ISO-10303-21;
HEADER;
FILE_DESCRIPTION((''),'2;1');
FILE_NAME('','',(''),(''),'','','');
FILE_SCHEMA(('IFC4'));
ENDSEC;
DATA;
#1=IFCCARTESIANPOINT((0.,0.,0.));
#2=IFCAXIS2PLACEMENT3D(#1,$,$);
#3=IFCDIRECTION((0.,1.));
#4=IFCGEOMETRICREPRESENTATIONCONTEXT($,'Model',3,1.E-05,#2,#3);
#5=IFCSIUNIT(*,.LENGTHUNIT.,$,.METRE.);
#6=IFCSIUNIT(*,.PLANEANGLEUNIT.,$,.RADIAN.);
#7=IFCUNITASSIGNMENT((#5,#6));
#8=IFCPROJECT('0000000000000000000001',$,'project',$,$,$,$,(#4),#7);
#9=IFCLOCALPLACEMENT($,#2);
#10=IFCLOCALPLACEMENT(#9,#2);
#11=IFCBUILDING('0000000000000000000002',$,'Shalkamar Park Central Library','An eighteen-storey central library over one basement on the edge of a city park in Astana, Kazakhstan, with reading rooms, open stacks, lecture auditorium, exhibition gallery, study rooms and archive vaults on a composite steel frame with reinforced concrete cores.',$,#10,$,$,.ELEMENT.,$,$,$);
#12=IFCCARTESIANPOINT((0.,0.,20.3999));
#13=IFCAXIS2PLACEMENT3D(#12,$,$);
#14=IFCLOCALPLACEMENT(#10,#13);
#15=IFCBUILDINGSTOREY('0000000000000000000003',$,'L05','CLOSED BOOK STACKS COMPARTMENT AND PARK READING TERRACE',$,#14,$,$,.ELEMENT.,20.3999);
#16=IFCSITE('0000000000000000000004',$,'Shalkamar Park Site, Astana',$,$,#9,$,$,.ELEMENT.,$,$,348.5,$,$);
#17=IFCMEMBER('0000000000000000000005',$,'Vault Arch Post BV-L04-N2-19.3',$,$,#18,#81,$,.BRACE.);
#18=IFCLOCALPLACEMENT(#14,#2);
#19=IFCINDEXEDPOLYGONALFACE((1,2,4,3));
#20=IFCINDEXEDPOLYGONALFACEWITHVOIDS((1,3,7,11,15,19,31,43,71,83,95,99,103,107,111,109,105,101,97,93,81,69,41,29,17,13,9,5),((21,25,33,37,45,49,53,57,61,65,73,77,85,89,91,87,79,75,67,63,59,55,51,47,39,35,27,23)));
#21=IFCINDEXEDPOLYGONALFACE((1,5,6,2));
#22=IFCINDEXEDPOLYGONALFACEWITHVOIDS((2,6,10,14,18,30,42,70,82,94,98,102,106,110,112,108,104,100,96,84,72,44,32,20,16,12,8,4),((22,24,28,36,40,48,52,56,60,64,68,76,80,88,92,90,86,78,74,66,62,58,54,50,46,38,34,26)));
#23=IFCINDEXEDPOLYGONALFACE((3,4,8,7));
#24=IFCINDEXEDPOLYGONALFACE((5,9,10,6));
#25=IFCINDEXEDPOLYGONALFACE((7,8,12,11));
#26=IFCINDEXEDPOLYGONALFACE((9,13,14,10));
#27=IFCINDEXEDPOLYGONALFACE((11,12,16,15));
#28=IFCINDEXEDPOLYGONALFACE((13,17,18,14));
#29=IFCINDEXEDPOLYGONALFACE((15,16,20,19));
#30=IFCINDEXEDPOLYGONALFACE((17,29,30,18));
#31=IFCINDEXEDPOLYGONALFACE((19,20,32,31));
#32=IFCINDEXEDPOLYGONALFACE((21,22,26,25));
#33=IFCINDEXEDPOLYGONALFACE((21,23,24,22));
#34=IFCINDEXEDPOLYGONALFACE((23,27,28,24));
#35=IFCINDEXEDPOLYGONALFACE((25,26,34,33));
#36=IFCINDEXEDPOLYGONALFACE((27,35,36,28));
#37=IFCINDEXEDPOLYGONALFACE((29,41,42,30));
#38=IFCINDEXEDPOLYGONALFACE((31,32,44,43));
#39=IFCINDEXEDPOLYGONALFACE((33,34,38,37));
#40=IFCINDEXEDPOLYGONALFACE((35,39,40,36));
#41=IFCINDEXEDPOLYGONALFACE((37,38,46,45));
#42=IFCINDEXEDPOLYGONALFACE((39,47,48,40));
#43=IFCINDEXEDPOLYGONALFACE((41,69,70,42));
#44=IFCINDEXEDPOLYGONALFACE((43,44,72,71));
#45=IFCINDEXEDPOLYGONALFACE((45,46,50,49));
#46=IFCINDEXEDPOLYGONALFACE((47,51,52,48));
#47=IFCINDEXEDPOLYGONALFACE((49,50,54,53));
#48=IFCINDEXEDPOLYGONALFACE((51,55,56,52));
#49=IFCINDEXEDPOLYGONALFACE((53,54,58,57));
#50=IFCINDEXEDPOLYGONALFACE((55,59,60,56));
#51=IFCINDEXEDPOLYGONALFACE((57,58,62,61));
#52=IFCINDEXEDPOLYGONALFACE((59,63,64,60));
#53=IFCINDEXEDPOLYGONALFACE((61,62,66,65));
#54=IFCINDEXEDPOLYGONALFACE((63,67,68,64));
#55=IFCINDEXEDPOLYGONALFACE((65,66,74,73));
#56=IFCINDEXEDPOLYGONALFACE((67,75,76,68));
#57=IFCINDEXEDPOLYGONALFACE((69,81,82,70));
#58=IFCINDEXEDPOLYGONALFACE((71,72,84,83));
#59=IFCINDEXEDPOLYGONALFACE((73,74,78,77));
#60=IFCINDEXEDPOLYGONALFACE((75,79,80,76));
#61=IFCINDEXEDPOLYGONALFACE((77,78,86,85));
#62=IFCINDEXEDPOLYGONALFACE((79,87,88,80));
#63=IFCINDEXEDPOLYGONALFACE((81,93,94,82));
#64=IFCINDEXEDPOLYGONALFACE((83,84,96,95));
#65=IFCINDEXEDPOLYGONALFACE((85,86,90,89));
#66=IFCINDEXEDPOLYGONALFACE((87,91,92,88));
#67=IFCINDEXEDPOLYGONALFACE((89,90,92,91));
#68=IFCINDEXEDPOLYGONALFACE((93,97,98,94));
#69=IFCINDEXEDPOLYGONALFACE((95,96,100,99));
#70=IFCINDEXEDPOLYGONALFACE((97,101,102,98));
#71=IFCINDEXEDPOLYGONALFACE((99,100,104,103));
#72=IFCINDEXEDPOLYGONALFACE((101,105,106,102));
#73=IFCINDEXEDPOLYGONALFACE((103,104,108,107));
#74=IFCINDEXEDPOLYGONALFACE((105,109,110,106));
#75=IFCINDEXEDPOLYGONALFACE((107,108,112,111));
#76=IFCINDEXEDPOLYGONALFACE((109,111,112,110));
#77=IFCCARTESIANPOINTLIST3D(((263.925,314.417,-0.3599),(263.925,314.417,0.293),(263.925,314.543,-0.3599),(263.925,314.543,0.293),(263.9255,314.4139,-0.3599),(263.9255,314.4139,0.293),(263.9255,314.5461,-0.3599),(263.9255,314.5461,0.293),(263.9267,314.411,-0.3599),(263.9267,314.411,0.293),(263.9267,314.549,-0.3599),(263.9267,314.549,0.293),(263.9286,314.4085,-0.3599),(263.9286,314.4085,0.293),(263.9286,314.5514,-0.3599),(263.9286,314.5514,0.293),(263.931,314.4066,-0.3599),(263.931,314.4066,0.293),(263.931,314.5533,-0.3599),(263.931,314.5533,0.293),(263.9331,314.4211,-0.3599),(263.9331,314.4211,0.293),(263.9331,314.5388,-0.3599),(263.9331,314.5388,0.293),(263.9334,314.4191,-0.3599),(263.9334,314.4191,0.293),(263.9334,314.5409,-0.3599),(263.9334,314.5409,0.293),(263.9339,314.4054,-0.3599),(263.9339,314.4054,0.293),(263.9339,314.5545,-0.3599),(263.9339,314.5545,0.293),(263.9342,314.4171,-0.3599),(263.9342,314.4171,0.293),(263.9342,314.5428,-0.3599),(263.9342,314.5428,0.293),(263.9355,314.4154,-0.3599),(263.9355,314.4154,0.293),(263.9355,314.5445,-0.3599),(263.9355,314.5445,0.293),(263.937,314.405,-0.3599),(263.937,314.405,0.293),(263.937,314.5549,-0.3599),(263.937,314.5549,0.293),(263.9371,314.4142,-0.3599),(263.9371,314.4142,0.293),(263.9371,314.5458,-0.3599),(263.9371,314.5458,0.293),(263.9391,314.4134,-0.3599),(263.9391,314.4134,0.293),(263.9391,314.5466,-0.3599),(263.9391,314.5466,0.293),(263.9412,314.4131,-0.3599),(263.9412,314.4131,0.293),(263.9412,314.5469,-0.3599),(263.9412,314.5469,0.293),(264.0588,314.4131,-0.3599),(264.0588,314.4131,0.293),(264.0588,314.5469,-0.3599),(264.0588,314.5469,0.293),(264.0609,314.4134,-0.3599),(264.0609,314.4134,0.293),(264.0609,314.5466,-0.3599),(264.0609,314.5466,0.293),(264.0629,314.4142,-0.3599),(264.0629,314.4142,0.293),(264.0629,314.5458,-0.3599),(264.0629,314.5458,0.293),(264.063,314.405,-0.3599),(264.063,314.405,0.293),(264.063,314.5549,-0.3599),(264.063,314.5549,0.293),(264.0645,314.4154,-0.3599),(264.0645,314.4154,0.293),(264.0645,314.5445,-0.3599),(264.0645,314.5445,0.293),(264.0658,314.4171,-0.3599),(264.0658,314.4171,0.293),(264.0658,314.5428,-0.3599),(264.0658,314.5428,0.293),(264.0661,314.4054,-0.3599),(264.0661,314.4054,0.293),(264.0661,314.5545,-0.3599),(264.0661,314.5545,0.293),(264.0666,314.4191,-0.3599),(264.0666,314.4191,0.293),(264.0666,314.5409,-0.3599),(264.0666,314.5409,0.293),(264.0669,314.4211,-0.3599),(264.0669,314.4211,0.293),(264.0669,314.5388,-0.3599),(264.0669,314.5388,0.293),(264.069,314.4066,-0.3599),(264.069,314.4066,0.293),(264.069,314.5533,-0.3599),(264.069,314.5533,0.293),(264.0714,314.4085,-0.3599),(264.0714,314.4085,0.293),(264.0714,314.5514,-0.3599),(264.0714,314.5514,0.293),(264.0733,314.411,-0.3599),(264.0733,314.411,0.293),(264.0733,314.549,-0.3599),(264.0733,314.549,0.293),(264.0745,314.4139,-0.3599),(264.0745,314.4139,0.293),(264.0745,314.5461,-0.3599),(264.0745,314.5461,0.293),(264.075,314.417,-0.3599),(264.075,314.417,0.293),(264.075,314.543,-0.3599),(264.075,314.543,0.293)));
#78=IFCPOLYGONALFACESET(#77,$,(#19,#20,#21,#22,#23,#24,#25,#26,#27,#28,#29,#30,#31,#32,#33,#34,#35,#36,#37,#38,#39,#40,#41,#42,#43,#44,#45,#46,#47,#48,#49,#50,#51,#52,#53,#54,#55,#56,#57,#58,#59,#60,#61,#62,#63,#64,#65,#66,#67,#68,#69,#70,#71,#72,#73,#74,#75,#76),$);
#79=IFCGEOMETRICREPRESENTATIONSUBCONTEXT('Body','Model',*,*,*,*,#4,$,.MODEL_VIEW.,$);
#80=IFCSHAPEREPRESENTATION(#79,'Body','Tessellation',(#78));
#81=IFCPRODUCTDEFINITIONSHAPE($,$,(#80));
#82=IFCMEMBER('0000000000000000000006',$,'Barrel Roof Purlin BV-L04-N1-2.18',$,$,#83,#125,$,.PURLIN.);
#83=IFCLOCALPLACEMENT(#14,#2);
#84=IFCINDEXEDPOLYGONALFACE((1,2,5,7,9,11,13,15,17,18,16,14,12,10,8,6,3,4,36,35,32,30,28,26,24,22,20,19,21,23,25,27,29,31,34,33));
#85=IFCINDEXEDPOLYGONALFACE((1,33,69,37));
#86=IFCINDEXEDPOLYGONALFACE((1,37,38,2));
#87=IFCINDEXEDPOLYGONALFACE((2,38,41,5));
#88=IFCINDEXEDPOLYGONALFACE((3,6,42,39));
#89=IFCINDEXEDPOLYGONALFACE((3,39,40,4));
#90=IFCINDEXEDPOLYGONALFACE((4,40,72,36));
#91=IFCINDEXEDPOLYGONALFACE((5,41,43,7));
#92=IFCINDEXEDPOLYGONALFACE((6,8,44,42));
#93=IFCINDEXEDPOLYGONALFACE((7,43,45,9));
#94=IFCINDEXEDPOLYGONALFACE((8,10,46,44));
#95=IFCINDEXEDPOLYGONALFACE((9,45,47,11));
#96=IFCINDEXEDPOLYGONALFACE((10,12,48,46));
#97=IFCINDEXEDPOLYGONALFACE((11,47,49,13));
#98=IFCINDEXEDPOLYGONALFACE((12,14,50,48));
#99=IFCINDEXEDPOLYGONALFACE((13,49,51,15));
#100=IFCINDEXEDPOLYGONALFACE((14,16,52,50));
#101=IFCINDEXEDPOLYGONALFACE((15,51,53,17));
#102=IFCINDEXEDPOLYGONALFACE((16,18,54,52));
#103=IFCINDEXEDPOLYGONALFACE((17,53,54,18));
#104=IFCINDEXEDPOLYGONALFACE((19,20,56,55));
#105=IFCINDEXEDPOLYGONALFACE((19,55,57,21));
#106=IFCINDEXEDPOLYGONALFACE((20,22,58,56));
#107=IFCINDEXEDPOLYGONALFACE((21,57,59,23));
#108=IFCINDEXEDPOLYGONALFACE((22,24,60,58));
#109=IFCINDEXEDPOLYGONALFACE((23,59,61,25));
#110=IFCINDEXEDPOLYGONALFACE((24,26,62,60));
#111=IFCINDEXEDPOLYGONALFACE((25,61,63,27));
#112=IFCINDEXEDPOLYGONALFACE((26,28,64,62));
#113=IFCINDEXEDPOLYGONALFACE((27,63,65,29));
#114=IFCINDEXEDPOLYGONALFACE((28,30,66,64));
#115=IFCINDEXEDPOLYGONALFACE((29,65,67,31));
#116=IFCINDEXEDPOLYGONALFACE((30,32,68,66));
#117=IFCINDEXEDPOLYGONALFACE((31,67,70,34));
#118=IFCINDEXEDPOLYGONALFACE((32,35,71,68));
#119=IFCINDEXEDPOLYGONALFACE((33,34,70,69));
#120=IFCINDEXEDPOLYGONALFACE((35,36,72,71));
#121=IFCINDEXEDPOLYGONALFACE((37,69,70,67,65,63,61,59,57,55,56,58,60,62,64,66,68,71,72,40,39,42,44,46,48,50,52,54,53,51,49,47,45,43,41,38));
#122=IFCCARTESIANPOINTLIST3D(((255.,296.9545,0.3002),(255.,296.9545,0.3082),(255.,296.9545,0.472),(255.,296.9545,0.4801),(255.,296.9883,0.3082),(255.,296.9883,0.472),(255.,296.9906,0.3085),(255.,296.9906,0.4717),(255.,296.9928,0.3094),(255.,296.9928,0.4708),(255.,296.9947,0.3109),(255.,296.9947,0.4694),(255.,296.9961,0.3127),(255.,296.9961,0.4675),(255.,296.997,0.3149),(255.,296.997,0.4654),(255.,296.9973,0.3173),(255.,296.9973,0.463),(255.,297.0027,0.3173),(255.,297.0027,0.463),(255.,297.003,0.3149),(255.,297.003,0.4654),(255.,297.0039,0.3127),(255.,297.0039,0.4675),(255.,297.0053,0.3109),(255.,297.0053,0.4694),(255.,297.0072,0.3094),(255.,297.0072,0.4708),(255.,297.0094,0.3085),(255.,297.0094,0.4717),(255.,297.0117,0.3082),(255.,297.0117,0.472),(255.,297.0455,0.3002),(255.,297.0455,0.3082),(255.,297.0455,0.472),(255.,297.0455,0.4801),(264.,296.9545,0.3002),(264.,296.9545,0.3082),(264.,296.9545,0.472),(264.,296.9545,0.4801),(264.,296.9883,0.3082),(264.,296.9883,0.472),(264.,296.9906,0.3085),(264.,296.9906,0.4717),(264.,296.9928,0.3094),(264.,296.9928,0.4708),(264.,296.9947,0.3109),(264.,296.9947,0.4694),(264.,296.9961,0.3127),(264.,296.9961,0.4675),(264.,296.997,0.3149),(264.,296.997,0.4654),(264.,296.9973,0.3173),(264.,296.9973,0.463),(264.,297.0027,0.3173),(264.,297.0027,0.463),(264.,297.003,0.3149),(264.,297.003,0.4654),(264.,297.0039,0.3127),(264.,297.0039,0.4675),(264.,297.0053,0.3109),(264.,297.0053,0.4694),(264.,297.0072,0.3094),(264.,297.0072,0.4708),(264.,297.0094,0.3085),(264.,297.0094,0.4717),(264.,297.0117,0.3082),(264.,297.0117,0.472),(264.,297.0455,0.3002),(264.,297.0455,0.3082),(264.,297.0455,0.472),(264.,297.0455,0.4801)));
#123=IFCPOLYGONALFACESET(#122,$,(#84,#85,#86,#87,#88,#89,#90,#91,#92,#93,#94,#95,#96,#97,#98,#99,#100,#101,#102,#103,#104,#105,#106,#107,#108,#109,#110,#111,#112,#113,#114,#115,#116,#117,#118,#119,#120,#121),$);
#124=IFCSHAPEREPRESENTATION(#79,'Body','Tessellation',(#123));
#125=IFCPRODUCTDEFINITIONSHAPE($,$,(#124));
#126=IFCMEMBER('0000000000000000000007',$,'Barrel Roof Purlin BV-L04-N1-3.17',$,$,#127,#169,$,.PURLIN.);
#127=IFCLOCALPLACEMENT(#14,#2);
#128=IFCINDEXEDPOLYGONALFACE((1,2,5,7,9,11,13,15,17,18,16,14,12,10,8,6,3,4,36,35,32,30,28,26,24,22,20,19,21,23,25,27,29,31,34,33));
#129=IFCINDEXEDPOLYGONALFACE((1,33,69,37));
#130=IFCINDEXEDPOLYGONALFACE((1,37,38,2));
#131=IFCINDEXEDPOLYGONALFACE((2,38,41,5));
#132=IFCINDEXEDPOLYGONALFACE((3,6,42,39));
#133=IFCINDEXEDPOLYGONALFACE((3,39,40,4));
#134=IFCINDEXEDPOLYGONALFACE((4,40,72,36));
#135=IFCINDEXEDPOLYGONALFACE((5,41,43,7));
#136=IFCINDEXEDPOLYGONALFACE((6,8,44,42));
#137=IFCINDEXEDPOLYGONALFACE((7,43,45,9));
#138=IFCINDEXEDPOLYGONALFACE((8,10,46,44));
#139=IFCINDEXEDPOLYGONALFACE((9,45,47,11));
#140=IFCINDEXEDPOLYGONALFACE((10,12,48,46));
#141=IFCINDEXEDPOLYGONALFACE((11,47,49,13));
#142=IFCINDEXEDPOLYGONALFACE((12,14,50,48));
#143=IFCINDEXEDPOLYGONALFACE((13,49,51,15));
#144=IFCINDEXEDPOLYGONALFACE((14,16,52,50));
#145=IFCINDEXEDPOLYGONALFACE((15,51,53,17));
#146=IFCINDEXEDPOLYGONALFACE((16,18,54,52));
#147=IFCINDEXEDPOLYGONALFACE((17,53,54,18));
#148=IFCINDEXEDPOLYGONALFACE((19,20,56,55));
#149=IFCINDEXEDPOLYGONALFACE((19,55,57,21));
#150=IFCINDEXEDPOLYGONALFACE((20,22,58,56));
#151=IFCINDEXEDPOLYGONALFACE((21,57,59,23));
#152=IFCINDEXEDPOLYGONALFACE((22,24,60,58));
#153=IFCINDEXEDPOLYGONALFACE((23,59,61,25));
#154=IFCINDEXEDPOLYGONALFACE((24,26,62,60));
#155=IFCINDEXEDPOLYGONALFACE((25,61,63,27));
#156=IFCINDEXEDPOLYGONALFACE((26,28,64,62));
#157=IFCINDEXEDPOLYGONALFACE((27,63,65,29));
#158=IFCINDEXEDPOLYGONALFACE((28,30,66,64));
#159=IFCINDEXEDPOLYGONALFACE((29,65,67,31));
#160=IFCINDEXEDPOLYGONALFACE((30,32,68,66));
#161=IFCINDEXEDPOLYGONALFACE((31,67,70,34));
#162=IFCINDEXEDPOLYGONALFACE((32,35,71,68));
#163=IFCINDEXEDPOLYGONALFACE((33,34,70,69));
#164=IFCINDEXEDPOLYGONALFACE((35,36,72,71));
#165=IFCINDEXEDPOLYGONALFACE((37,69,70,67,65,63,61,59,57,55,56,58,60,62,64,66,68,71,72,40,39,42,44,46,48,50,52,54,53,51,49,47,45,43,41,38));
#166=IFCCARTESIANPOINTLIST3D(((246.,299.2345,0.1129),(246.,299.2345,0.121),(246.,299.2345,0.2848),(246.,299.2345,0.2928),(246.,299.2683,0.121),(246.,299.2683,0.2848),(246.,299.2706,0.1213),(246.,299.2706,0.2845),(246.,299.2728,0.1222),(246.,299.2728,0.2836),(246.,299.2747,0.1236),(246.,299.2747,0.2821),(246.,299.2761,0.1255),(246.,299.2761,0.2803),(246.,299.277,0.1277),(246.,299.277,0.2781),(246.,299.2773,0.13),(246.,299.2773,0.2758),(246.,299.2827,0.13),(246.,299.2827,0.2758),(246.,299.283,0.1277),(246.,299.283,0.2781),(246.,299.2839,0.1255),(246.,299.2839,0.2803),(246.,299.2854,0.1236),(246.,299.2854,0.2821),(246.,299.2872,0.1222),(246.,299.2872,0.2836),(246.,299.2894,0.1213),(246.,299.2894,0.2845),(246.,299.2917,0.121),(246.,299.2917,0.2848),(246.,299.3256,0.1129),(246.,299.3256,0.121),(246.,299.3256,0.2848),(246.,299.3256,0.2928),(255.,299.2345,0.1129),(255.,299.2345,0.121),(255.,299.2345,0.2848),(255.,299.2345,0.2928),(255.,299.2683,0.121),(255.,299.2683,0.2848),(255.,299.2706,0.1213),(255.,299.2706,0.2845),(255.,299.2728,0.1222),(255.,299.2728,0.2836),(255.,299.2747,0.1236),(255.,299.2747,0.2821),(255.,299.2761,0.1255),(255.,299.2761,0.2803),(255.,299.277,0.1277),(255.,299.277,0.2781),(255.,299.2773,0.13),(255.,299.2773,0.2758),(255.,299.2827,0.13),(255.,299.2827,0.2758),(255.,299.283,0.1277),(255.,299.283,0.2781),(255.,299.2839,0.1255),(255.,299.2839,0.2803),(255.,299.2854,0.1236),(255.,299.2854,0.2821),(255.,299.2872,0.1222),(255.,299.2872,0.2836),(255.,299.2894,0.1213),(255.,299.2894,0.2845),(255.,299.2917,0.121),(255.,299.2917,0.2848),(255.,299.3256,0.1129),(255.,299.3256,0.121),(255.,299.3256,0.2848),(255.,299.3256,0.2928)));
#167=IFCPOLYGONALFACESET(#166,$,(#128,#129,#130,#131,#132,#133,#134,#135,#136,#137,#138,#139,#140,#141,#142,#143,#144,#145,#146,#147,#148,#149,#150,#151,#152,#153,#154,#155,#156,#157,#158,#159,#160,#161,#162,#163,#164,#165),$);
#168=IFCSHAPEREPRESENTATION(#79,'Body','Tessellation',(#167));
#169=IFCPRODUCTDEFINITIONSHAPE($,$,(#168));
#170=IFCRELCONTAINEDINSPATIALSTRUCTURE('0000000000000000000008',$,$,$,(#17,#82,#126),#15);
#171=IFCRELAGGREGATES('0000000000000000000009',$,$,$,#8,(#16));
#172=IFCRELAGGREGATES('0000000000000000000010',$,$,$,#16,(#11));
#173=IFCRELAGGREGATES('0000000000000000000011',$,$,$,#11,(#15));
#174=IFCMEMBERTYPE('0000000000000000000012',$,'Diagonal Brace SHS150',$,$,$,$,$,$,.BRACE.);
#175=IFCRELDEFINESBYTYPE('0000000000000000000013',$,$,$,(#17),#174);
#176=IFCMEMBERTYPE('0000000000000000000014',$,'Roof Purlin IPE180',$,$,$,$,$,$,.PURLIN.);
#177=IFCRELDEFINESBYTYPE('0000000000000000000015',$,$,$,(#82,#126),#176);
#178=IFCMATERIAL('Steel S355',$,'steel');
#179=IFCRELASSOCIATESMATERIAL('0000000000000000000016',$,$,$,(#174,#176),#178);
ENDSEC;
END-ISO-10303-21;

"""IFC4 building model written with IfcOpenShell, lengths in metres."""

from ifc_helpers import new_model, si_unit, direction, frame, origin, origin_2d, place, context, subcontext, project, spatial, hollow_rectangle, i_section, extrude, material, material_profile, profile_set, type_object, element, save


model = new_model("IFC4")

# Units and contexts
model_context = context("Model", 3, precision=1e-05, world=origin(), true_north=direction((0.0, 1.0)))
body_context = subcontext(model_context, "Body", "Model", "MODEL_VIEW")
ifc_project = project(units=[si_unit("LENGTHUNIT", "METRE"), si_unit("PLANEANGLEUNIT", "RADIAN")], contexts=[model_context])

# Site, building, storey
site_placement = place(None, origin())
site = spatial("IfcSite", under=ifc_project, at=site_placement, Name="Shalkamar Park Site, Astana", CompositionType="ELEMENT", RefElevation=348.5)
building_placement = place(site_placement, origin())
building = spatial("IfcBuilding", under=site, at=building_placement, Name="Shalkamar Park Central Library", Description="An eighteen-storey central library over one basement on the edge of a city park in Astana, Kazakhstan, with reading rooms, open stacks, lecture auditorium, exhibition gallery, study rooms and archive vaults on a composite steel frame with reinforced concrete cores.", CompositionType="ELEMENT")
storey_placement = place(building_placement, frame((0.0, 0.0, 20.3999)))
storey = spatial("IfcBuildingStorey", under=building, at=storey_placement, Name="L05", Description="CLOSED BOOK STACKS COMPARTMENT AND PARK READING TERRACE", CompositionType="ELEMENT", Elevation=20.3999)

# Members
ifc_material = material(Name="Steel S355", Category="steel")
ifc_material_profile_1 = material_profile(ifc_material, hollow_rectangle(XDim=0.1499, YDim=0.1499, WallThickness=0.0081, InnerFilletRadius=0.0081, OuterFilletRadius=0.012, at=origin_2d()), Name="SHS 150x150x8")
ifc_profile_set_1 = profile_set([ifc_material_profile_1], Name="Steel S355")
member_type_1 = type_object("IfcMemberType", Name="Diagonal Brace SHS150", PredefinedType="BRACE", material=ifc_profile_set_1)
member_1_placement = place(storey_placement, frame((264.0, 314.48, -0.3599), z_axis=(0.0, 0.0, 1.0), x_axis=(1.0, 0.0, 0.0)))
element("IfcMember", 1, at=member_1_placement, inside=storey, type_object=member_type_1, Name="Vault Arch Post BV-L04-N2-19.3", PredefinedType="BRACE", context=body_context, shape_type="SweptSolid", body=[
    extrude(hollow_rectangle(XDim=0.1499, YDim=0.1499, WallThickness=0.0081, InnerFilletRadius=0.0081, OuterFilletRadius=0.012, at=origin_2d()), origin(), (0.0, 0.0, 1.0), 0.6528),
])
ifc_material_profile_2 = material_profile(ifc_material, i_section(OverallWidth=0.0911, OverallDepth=0.1799, WebThickness=0.0054, FlangeThickness=0.0081, FilletRadius=0.009, at=origin_2d()), Name="IPE 180")
ifc_profile_set_2 = profile_set([ifc_material_profile_2], Name="Steel S355")
member_type_2 = type_object("IfcMemberType", Name="Roof Purlin IPE180", PredefinedType="PURLIN", material=ifc_profile_set_2)
for number, where, z_axis, x_axis, name in (
    (2, (255.0, 297.0, 0.3901), (1.0, 0.0, 0.0), (0.0, 1.0, 0.0), "Barrel Roof Purlin BV-L04-N1-2.18"),
    (3, (246.0, 299.28, 0.2029), (1.0, 0.0, 0.0), (0.0, 1.0, 0.0), "Barrel Roof Purlin BV-L04-N1-3.17"),
):
    element("IfcMember", number, at=place(storey_placement, frame(where, z_axis=z_axis, x_axis=x_axis)), inside=storey, type_object=member_type_2, Name=name, PredefinedType="PURLIN", context=body_context, shape_type="SweptSolid", body=[
        extrude(i_section(OverallWidth=0.0911, OverallDepth=0.1799, WebThickness=0.0054, FlangeThickness=0.0081, FilletRadius=0.009, at=origin_2d()), origin(), (0.0, 0.0, 1.0), 9.0),
    ])

save(model, "model.ifc")
